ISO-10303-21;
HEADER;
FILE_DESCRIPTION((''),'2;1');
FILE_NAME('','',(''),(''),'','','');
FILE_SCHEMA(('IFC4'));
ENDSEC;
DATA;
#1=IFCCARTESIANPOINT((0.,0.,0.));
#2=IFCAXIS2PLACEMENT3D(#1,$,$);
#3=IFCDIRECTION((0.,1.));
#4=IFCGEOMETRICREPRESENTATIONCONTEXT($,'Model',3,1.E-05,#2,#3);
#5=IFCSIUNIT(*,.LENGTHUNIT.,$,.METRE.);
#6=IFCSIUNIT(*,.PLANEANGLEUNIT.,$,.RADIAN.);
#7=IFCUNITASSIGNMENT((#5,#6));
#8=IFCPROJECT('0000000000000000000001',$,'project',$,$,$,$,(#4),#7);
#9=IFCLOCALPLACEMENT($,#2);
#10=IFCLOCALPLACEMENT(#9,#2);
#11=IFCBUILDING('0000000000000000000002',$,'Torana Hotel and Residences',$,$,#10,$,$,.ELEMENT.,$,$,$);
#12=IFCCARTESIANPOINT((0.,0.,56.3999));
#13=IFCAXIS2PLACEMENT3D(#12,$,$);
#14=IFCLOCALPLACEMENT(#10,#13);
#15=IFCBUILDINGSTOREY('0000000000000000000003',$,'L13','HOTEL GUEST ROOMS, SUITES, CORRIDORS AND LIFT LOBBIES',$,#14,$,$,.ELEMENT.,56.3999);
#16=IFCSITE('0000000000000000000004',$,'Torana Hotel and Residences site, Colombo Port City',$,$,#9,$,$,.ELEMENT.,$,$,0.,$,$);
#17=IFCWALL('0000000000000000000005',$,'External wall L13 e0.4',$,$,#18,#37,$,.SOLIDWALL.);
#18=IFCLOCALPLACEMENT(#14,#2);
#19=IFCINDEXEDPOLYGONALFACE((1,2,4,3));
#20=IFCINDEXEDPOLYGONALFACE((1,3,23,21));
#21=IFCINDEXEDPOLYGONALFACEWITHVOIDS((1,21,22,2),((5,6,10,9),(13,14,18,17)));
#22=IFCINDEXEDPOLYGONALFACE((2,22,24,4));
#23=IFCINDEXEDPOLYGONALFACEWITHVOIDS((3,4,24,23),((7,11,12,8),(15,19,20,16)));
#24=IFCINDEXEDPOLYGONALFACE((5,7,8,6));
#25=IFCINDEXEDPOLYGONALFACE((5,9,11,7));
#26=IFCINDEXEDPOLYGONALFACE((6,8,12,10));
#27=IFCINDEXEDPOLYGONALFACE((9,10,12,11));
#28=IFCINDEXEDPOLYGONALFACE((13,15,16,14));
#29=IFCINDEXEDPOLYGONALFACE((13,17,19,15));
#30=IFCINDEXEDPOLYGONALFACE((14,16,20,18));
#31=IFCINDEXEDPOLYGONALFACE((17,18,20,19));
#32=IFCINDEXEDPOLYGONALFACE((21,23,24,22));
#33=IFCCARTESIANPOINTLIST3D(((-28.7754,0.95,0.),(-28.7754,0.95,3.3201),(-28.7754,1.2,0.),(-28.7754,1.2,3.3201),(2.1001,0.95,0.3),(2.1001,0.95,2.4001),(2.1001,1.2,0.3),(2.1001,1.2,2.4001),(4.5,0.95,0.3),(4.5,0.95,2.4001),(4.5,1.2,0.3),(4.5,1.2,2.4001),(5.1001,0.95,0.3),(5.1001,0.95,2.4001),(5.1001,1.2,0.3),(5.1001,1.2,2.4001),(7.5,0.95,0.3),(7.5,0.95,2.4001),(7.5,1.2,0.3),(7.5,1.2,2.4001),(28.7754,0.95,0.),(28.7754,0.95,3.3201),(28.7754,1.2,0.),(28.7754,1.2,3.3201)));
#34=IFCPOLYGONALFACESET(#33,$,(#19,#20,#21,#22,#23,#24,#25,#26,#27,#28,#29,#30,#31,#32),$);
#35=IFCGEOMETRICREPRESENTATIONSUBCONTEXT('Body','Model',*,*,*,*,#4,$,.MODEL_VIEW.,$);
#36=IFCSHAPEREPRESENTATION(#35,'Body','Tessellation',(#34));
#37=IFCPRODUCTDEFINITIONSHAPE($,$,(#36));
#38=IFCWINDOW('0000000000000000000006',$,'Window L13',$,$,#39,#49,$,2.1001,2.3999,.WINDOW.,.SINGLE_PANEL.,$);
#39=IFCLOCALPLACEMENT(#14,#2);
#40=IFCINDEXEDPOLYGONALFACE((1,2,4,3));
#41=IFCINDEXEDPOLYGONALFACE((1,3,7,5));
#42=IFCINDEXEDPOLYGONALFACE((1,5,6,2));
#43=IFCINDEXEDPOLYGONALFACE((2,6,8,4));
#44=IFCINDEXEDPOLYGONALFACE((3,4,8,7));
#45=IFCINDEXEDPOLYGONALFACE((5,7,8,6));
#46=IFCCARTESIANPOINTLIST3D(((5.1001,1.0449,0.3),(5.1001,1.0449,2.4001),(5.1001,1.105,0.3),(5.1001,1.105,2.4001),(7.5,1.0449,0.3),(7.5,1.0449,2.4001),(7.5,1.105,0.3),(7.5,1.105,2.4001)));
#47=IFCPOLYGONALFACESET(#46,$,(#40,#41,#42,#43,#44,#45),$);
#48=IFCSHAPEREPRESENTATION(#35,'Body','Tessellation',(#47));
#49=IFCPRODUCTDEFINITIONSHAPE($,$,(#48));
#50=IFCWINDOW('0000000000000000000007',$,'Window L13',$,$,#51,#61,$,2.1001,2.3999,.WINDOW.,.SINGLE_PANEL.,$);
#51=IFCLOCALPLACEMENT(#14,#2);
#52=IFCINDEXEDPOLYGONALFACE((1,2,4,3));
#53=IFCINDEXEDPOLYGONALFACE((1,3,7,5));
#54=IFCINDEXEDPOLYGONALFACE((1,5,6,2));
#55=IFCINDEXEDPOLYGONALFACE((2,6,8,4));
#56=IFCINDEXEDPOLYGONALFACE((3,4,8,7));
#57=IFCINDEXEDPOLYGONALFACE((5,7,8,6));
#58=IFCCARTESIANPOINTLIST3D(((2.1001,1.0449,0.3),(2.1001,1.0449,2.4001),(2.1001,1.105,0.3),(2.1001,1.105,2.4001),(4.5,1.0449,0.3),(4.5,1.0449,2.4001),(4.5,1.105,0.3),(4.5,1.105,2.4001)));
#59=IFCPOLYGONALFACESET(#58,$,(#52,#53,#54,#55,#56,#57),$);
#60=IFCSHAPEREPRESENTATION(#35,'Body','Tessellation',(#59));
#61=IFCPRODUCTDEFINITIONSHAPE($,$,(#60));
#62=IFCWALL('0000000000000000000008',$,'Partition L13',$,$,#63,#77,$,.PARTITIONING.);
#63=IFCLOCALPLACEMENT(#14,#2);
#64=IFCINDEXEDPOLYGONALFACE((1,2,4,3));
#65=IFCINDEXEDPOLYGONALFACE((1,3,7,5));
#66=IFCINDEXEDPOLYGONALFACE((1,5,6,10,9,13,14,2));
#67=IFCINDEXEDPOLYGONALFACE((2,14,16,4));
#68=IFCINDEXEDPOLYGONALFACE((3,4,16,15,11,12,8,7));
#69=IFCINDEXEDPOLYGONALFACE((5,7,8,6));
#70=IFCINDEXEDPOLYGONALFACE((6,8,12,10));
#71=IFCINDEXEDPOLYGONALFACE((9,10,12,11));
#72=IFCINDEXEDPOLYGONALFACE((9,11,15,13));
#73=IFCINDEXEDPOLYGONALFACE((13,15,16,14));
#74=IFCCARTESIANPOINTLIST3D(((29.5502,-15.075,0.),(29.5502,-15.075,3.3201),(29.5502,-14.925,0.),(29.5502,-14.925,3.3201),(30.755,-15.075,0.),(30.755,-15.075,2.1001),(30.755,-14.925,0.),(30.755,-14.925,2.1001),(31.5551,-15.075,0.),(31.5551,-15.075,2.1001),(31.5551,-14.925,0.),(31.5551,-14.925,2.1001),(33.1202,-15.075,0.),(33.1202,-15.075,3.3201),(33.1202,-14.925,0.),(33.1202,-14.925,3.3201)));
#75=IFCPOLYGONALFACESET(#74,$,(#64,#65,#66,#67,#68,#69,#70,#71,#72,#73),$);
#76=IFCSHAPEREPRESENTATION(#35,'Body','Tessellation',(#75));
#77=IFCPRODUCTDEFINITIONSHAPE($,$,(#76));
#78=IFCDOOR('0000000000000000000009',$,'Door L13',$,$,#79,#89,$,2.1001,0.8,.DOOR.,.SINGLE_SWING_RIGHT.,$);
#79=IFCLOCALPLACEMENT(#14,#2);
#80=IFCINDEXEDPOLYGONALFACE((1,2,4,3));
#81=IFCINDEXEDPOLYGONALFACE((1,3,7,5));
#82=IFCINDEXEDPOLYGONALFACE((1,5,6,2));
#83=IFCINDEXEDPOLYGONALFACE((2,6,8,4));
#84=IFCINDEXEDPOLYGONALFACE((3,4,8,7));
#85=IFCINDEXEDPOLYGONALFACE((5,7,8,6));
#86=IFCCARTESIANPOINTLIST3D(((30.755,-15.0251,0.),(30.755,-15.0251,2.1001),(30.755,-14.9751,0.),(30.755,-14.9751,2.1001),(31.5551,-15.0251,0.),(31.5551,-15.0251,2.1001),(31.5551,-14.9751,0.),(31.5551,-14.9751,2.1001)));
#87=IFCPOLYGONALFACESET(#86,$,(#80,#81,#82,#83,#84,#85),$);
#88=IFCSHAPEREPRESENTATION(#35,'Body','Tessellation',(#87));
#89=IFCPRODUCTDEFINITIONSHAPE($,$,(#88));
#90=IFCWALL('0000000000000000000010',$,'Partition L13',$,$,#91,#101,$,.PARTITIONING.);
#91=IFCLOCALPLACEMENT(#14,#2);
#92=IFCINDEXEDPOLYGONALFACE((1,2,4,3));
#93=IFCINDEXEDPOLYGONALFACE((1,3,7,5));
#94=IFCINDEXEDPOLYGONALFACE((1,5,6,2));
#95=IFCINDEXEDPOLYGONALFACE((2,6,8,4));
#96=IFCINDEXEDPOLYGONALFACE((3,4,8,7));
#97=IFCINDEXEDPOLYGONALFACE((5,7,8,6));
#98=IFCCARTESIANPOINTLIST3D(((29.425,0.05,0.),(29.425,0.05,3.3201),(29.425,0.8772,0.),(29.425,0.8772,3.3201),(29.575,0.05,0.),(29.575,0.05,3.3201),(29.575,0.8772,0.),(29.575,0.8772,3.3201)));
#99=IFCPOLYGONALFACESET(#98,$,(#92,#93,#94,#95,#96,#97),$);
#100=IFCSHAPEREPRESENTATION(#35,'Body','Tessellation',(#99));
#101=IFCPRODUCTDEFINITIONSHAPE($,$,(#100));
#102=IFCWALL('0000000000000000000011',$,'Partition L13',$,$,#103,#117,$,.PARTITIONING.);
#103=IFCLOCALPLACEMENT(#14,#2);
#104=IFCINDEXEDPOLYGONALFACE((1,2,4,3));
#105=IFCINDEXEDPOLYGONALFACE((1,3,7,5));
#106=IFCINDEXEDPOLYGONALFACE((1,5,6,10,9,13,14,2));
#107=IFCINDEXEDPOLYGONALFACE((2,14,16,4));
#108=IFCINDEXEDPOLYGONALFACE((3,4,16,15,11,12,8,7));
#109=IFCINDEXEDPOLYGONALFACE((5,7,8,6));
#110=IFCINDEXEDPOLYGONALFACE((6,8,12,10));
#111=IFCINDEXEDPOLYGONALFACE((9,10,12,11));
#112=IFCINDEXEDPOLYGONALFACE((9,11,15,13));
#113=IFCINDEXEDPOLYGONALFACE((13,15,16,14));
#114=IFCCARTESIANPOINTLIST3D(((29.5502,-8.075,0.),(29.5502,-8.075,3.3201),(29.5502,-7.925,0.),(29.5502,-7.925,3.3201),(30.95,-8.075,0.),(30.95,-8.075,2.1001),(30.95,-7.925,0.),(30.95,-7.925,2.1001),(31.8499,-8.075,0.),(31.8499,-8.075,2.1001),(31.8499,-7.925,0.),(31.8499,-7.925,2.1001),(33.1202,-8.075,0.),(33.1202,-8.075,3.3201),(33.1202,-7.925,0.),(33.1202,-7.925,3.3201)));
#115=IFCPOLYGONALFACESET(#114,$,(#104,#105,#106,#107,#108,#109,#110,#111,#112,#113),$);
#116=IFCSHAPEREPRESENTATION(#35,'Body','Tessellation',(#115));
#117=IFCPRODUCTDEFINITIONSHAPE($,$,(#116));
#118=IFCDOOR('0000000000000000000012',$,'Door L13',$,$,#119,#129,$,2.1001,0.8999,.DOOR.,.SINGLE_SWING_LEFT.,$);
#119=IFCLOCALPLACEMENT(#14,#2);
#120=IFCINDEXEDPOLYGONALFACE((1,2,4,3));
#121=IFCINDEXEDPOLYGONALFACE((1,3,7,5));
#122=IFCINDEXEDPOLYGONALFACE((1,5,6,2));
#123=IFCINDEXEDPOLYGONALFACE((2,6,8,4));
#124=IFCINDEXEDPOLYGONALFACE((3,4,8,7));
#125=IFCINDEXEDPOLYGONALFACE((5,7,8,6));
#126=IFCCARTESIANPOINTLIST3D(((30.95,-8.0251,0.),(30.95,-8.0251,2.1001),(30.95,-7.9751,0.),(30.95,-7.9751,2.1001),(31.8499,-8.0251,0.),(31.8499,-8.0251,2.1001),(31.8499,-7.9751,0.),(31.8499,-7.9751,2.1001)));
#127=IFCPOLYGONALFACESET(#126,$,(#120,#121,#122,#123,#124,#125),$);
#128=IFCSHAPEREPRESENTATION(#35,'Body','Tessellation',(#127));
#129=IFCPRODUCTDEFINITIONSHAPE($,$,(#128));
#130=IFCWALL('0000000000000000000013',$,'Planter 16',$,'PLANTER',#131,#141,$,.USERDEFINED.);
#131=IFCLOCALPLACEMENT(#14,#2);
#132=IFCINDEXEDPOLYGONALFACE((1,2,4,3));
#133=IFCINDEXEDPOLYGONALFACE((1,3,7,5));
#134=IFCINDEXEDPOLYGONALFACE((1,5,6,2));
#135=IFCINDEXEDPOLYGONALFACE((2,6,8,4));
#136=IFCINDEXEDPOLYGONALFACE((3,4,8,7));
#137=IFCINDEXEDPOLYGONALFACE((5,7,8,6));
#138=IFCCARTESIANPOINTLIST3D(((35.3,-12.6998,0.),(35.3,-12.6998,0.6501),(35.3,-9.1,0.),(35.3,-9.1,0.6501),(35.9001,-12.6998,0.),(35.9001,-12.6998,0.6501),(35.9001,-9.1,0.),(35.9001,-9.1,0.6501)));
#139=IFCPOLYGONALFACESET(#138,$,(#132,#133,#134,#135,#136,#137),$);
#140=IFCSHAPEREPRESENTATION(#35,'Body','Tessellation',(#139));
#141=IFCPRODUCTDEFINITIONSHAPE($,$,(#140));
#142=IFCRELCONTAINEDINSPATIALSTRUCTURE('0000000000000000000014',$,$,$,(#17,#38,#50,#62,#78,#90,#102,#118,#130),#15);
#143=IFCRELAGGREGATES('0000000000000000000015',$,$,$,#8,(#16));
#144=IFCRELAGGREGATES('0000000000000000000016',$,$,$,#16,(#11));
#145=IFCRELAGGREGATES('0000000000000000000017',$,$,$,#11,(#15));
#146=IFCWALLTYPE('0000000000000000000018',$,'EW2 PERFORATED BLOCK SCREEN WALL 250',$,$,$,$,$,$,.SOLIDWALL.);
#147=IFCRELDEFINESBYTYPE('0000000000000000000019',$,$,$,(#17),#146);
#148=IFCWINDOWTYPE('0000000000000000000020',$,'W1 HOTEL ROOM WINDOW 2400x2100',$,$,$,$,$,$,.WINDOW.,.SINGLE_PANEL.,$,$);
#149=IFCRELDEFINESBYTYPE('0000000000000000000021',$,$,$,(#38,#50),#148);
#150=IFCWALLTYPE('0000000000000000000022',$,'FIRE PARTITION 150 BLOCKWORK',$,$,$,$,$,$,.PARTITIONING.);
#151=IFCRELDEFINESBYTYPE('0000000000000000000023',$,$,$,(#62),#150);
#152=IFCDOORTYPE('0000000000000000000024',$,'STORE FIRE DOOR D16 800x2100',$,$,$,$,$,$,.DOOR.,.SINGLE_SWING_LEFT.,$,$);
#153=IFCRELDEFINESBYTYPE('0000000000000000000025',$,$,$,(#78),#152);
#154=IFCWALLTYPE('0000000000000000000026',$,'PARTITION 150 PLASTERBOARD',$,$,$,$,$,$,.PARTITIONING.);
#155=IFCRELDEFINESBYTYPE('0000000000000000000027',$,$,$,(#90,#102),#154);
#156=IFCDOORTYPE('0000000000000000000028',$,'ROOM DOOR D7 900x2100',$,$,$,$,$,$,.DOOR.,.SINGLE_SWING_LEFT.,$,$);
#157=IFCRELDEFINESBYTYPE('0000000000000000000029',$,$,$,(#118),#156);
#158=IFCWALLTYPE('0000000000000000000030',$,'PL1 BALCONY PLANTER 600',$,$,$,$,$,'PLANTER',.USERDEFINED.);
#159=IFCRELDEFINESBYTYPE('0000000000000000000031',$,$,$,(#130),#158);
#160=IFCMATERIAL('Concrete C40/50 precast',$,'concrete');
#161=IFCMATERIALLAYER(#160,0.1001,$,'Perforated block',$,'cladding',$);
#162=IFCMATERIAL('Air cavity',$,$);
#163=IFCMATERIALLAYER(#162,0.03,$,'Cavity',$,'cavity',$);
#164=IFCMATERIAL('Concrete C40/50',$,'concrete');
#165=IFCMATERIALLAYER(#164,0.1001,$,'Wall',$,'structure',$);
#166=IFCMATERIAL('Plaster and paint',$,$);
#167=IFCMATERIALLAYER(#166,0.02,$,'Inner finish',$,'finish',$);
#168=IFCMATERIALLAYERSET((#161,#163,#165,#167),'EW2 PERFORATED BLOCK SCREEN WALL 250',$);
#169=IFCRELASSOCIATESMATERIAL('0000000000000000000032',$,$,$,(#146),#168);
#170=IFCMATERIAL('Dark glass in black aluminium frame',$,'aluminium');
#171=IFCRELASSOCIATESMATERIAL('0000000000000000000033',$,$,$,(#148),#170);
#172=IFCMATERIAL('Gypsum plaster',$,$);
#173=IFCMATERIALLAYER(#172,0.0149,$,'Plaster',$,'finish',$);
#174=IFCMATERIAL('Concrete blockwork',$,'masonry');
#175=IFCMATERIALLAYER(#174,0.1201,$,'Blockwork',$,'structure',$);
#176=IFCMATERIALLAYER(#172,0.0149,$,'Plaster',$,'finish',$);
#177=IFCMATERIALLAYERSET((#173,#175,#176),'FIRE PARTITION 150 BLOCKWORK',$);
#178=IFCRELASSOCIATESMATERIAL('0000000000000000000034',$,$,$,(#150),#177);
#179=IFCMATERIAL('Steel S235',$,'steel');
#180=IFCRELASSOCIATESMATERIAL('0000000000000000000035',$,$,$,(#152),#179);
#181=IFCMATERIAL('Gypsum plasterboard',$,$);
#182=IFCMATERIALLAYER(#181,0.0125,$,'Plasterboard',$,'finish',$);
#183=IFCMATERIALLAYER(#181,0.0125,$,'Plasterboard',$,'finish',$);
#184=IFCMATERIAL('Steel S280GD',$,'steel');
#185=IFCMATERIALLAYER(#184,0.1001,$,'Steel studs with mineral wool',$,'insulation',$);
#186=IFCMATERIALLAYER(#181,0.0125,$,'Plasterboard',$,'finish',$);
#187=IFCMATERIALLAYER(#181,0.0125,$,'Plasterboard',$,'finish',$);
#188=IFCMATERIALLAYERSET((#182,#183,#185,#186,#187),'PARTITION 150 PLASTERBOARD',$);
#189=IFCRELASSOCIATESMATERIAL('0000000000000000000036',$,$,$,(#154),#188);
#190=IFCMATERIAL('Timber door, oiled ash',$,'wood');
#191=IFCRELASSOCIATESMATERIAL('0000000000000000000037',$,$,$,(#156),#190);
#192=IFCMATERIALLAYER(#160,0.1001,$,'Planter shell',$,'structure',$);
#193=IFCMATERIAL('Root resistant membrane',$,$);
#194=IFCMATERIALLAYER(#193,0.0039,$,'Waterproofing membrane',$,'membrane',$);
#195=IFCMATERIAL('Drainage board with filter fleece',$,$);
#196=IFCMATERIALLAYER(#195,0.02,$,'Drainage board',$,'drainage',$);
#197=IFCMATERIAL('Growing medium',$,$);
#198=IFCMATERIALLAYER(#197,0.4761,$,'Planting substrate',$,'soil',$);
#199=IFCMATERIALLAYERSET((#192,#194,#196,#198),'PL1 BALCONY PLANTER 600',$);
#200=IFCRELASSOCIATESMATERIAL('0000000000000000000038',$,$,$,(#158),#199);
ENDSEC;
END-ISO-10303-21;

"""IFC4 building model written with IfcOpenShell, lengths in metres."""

from ifc_helpers import new_model, si_unit, direction, frame, frame_2d, origin, place, context, subcontext, project, spatial, rectangle, extrude, material, layer, layer_set, type_object, element, fill, save


model = new_model("IFC4")

# Units and contexts
model_context = context("Model", 3, precision=1e-05, world=origin(), true_north=direction((0.0, 1.0)))
body_context = subcontext(model_context, "Body", "Model", "MODEL_VIEW")
ifc_project = project(units=[si_unit("LENGTHUNIT", "METRE"), si_unit("PLANEANGLEUNIT", "RADIAN")], contexts=[model_context])

# Site, building, storey
site_placement = place(None, origin())
site = spatial("IfcSite", under=ifc_project, at=site_placement, Name="Torana Hotel and Residences site, Colombo Port City", CompositionType="ELEMENT", RefElevation=0.0)
building_placement = place(site_placement, origin())
building = spatial("IfcBuilding", under=site, at=building_placement, Name="Torana Hotel and Residences", CompositionType="ELEMENT")
storey_placement = place(building_placement, frame((0.0, 0.0, 56.3999)))
storey = spatial("IfcBuildingStorey", under=building, at=storey_placement, Name="L13", Description="HOTEL GUEST ROOMS, SUITES, CORRIDORS AND LIFT LOBBIES", CompositionType="ELEMENT", Elevation=56.3999)

# Shared definitions
ifc_material_1 = material(Name="Steel S280GD", Category="steel")

# Wall, openings, windows
ifc_material_2 = material(Name="Concrete C40/50 precast", Category="concrete")
ifc_layer_1 = layer(ifc_material_2, 0.1001, Name="Perforated block", Category="cladding")
ifc_material_3 = material(Name="Air cavity")
ifc_layer_2 = layer(ifc_material_3, 0.03, Name="Cavity", Category="cavity")
ifc_material_4 = material(Name="Concrete C40/50", Category="concrete")
ifc_layer_3 = layer(ifc_material_4, 0.1001, Name="Wall", Category="structure")
ifc_material_5 = material(Name="Plaster and paint")
ifc_layer_4 = layer(ifc_material_5, 0.02, Name="Inner finish", Category="finish")
ifc_layer_set_1 = layer_set([ifc_layer_1, ifc_layer_2, ifc_layer_3, ifc_layer_4], Name="EW2 PERFORATED BLOCK SCREEN WALL 250")
wall_type_1 = type_object("IfcWallType", Name="EW2 PERFORATED BLOCK SCREEN WALL 250", PredefinedType="SOLIDWALL", material=ifc_layer_set_1)
wall_1_placement = place(storey_placement, frame((28.7754, 1.075, 0.0), z_axis=(0.0, 0.0, 1.0), x_axis=(-1.0, 0.0, 0.0)))
wall_1 = element("IfcWall", 1, at=wall_1_placement, inside=storey, type_object=wall_type_1, Name="External wall L13 e0.4", PredefinedType="SOLIDWALL", context=body_context, shape_type="SweptSolid", body=[
    extrude(rectangle(XDim=57.5508, YDim=0.25, at=frame_2d((28.7754, 0.0))), origin(), (0.0, 0.0, 1.0), 3.3201),
])
opening_1_placement = place(wall_1_placement, frame((21.2754, 0.0, 0.3)))
opening_1 = element("IfcOpeningElement", 2, at=opening_1_placement, cuts=wall_1, PredefinedType="OPENING", context=body_context, shape_type="SweptSolid", body=[
    extrude(rectangle(XDim=2.3999, YDim=2.1001, at=frame_2d((1.2, 1.05))), frame((0.0, 0.135, 0.0), z_axis=(0.0, -1.0, 0.0), x_axis=(1.0, 0.0, 0.0)), (0.0, 0.0, 1.0), 0.27),
])
opening_2_placement = place(wall_1_placement, frame((24.2754, 0.0, 0.3)))
opening_2 = element("IfcOpeningElement", 3, at=opening_2_placement, cuts=wall_1, PredefinedType="OPENING", context=body_context, shape_type="SweptSolid", body=[
    extrude(rectangle(XDim=2.3999, YDim=2.1001, at=frame_2d((1.2, 1.05))), frame((0.0, 0.135, 0.0), z_axis=(0.0, -1.0, 0.0), x_axis=(1.0, 0.0, 0.0)), (0.0, 0.0, 1.0), 0.27),
])
ifc_material_6 = material(Name="Dark glass in black aluminium frame", Category="aluminium")
window_type = type_object("IfcWindowType", Name="W1 HOTEL ROOM WINDOW 2400x2100", PartitioningType="SINGLE_PANEL", PredefinedType="WINDOW", material=ifc_material_6)
window_1_placement = place(opening_1_placement, origin())
window_1 = element("IfcWindow", 4, at=window_1_placement, inside=storey, type_object=window_type, Name="Window L13", OverallHeight=2.1001, OverallWidth=2.3999, PartitioningType="SINGLE_PANEL", PredefinedType="WINDOW", context=body_context, shape_type="SweptSolid", body=[
    extrude(rectangle(XDim=2.3999, YDim=2.1001, at=frame_2d((1.2, 1.05))), frame((0.0, 0.03, 0.0), z_axis=(0.0, -1.0, 0.0), x_axis=(1.0, 0.0, 0.0)), (0.0, 0.0, 1.0), 0.0601),
])
fill(opening_1, window_1)
window_2_placement = place(opening_2_placement, origin())
window_2 = element("IfcWindow", 5, at=window_2_placement, inside=storey, type_object=window_type, Name="Window L13", OverallHeight=2.1001, OverallWidth=2.3999, PartitioningType="SINGLE_PANEL", PredefinedType="WINDOW", context=body_context, shape_type="SweptSolid", body=[
    extrude(rectangle(XDim=2.3999, YDim=2.1001, at=frame_2d((1.2, 1.05))), frame((0.0, 0.03, 0.0), z_axis=(0.0, -1.0, 0.0), x_axis=(1.0, 0.0, 0.0)), (0.0, 0.0, 1.0), 0.0601),
])
fill(opening_2, window_2)

# Wall, opening, door
ifc_material_7 = material(Name="Gypsum plaster")
ifc_layer_5 = layer(ifc_material_7, 0.0149, Name="Plaster", Category="finish")
ifc_material_8 = material(Name="Concrete blockwork", Category="masonry")
ifc_layer_6 = layer(ifc_material_8, 0.1201, Name="Blockwork", Category="structure")
ifc_layer_7 = layer(ifc_material_7, 0.0149, Name="Plaster", Category="finish")
ifc_layer_set_2 = layer_set([ifc_layer_5, ifc_layer_6, ifc_layer_7], Name="FIRE PARTITION 150 BLOCKWORK")
wall_type_2 = type_object("IfcWallType", Name="FIRE PARTITION 150 BLOCKWORK", PredefinedType="PARTITIONING", material=ifc_layer_set_2)
wall_2_placement = place(storey_placement, frame((29.55, -15.0, 0.0), z_axis=(0.0, 0.0, 1.0), x_axis=(1.0, 0.0, 0.0)))
wall_2 = element("IfcWall", 6, at=wall_2_placement, inside=storey, type_object=wall_type_2, Name="Partition L13", PredefinedType="PARTITIONING", context=body_context, shape_type="SweptSolid", body=[
    extrude(rectangle(XDim=3.5701, YDim=0.1499, at=frame_2d((1.7852, 0.0))), origin(), (0.0, 0.0, 1.0), 3.3201),
])
opening_3_placement = place(wall_2_placement, frame((1.2051, 0.0, 0.0)))
opening_3 = element("IfcOpeningElement", 7, at=opening_3_placement, cuts=wall_2, PredefinedType="OPENING", context=body_context, shape_type="SweptSolid", body=[
    extrude(rectangle(XDim=0.8, YDim=2.1001, at=frame_2d((0.3999, 1.05))), frame((0.0, 0.085, 0.0), z_axis=(0.0, -1.0, 0.0), x_axis=(1.0, 0.0, 0.0)), (0.0, 0.0, 1.0), 0.1699),
])
ifc_material_9 = material(Name="Steel S235", Category="steel")
door_type_1 = type_object("IfcDoorType", Name="STORE FIRE DOOR D16 800x2100", OperationType="SINGLE_SWING_LEFT", PredefinedType="DOOR", material=ifc_material_9)
door_1_placement = place(opening_3_placement, origin())
door_1 = element("IfcDoor", 8, at=door_1_placement, inside=storey, type_object=door_type_1, Name="Door L13", OperationType="SINGLE_SWING_RIGHT", OverallHeight=2.1001, OverallWidth=0.8, PredefinedType="DOOR", context=body_context, shape_type="SweptSolid", body=[
    extrude(rectangle(XDim=0.8, YDim=2.1001, at=frame_2d((0.3999, 1.05))), frame((0.0, 0.0249, 0.0), z_axis=(0.0, -1.0, 0.0), x_axis=(1.0, 0.0, 0.0)), (0.0, 0.0, 1.0), 0.05),
])
fill(opening_3, door_1)

# Wall
ifc_material_10 = material(Name="Gypsum plasterboard")
ifc_layer_8 = layer(ifc_material_10, 0.0125, Name="Plasterboard", Category="finish")
ifc_layer_9 = layer(ifc_material_10, 0.0125, Name="Plasterboard", Category="finish")
ifc_layer_10 = layer(ifc_material_1, 0.1001, Name="Steel studs with mineral wool", Category="insulation")
ifc_layer_11 = layer(ifc_material_10, 0.0125, Name="Plasterboard", Category="finish")
ifc_layer_12 = layer(ifc_material_10, 0.0125, Name="Plasterboard", Category="finish")
ifc_layer_set_3 = layer_set([ifc_layer_8, ifc_layer_9, ifc_layer_10, ifc_layer_11, ifc_layer_12], Name="PARTITION 150 PLASTERBOARD")
wall_type_3 = type_object("IfcWallType", Name="PARTITION 150 PLASTERBOARD", PredefinedType="PARTITIONING", material=ifc_layer_set_3)
wall_3_placement = place(storey_placement, frame((29.5, 0.05, 0.0), z_axis=(0.0, 0.0, 1.0), x_axis=(0.0, 1.0, 0.0)))
element("IfcWall", 9, at=wall_3_placement, inside=storey, type_object=wall_type_3, Name="Partition L13", PredefinedType="PARTITIONING", context=body_context, shape_type="SweptSolid", body=[
    extrude(rectangle(XDim=0.8271, YDim=0.1499, at=frame_2d((0.4136, 0.0))), origin(), (0.0, 0.0, 1.0), 3.3201),
])

# Wall, opening, door
wall_4_placement = place(storey_placement, frame((29.55, -8.0, 0.0), z_axis=(0.0, 0.0, 1.0), x_axis=(1.0, 0.0, 0.0)))
wall_4 = element("IfcWall", 10, at=wall_4_placement, inside=storey, type_object=wall_type_3, Name="Partition L13", PredefinedType="PARTITIONING", context=body_context, shape_type="SweptSolid", body=[
    extrude(rectangle(XDim=3.5701, YDim=0.1499, at=frame_2d((1.7852, 0.0))), origin(), (0.0, 0.0, 1.0), 3.3201),
])
opening_4_placement = place(wall_4_placement, frame((1.3999, 0.0, 0.0)))
opening_4 = element("IfcOpeningElement", 11, at=opening_4_placement, cuts=wall_4, PredefinedType="OPENING", context=body_context, shape_type="SweptSolid", body=[
    extrude(rectangle(XDim=0.8999, YDim=2.1001, at=frame_2d((0.45, 1.05))), frame((0.0, 0.085, 0.0), z_axis=(0.0, -1.0, 0.0), x_axis=(1.0, 0.0, 0.0)), (0.0, 0.0, 1.0), 0.1699),
])
ifc_material_11 = material(Name="Timber door, oiled ash", Category="wood")
door_type_2 = type_object("IfcDoorType", Name="ROOM DOOR D7 900x2100", OperationType="SINGLE_SWING_LEFT", PredefinedType="DOOR", material=ifc_material_11)
door_2_placement = place(opening_4_placement, origin())
door_2 = element("IfcDoor", 12, at=door_2_placement, inside=storey, type_object=door_type_2, Name="Door L13", OperationType="SINGLE_SWING_LEFT", OverallHeight=2.1001, OverallWidth=0.8999, PredefinedType="DOOR", context=body_context, shape_type="SweptSolid", body=[
    extrude(rectangle(XDim=0.8999, YDim=2.1001, at=frame_2d((0.45, 1.05))), frame((0.0, 0.0249, 0.0), z_axis=(0.0, -1.0, 0.0), x_axis=(1.0, 0.0, 0.0)), (0.0, 0.0, 1.0), 0.05),
])
fill(opening_4, door_2)

# Wall
ifc_layer_13 = layer(ifc_material_2, 0.1001, Name="Planter shell", Category="structure")
ifc_material_12 = material(Name="Root resistant membrane")
ifc_layer_14 = layer(ifc_material_12, 0.0039, Name="Waterproofing membrane", Category="membrane")
ifc_material_13 = material(Name="Drainage board with filter fleece")
ifc_layer_15 = layer(ifc_material_13, 0.02, Name="Drainage board", Category="drainage")
ifc_material_14 = material(Name="Growing medium")
ifc_layer_16 = layer(ifc_material_14, 0.4761, Name="Planting substrate", Category="soil")
ifc_layer_set_4 = layer_set([ifc_layer_13, ifc_layer_14, ifc_layer_15, ifc_layer_16], Name="PL1 BALCONY PLANTER 600")
wall_type_4 = type_object("IfcWallType", Name="PL1 BALCONY PLANTER 600", ElementType="PLANTER", PredefinedType="USERDEFINED", material=ifc_layer_set_4)
wall_5_placement = place(storey_placement, frame((35.6001, -9.1001, 0.0), z_axis=(0.0, 0.0, 1.0), x_axis=(0.0, -1.0, 0.0)))
element("IfcWall", 13, at=wall_5_placement, inside=storey, type_object=wall_type_4, Name="Planter 16", ObjectType="PLANTER", PredefinedType="USERDEFINED", context=body_context, shape_type="SweptSolid", body=[
    extrude(rectangle(XDim=3.5999, YDim=0.6001, at=frame_2d((1.7998, 0.0))), origin(), (0.0, 0.0, 1.0), 0.6501),
])

save(model, "model.ifc")
